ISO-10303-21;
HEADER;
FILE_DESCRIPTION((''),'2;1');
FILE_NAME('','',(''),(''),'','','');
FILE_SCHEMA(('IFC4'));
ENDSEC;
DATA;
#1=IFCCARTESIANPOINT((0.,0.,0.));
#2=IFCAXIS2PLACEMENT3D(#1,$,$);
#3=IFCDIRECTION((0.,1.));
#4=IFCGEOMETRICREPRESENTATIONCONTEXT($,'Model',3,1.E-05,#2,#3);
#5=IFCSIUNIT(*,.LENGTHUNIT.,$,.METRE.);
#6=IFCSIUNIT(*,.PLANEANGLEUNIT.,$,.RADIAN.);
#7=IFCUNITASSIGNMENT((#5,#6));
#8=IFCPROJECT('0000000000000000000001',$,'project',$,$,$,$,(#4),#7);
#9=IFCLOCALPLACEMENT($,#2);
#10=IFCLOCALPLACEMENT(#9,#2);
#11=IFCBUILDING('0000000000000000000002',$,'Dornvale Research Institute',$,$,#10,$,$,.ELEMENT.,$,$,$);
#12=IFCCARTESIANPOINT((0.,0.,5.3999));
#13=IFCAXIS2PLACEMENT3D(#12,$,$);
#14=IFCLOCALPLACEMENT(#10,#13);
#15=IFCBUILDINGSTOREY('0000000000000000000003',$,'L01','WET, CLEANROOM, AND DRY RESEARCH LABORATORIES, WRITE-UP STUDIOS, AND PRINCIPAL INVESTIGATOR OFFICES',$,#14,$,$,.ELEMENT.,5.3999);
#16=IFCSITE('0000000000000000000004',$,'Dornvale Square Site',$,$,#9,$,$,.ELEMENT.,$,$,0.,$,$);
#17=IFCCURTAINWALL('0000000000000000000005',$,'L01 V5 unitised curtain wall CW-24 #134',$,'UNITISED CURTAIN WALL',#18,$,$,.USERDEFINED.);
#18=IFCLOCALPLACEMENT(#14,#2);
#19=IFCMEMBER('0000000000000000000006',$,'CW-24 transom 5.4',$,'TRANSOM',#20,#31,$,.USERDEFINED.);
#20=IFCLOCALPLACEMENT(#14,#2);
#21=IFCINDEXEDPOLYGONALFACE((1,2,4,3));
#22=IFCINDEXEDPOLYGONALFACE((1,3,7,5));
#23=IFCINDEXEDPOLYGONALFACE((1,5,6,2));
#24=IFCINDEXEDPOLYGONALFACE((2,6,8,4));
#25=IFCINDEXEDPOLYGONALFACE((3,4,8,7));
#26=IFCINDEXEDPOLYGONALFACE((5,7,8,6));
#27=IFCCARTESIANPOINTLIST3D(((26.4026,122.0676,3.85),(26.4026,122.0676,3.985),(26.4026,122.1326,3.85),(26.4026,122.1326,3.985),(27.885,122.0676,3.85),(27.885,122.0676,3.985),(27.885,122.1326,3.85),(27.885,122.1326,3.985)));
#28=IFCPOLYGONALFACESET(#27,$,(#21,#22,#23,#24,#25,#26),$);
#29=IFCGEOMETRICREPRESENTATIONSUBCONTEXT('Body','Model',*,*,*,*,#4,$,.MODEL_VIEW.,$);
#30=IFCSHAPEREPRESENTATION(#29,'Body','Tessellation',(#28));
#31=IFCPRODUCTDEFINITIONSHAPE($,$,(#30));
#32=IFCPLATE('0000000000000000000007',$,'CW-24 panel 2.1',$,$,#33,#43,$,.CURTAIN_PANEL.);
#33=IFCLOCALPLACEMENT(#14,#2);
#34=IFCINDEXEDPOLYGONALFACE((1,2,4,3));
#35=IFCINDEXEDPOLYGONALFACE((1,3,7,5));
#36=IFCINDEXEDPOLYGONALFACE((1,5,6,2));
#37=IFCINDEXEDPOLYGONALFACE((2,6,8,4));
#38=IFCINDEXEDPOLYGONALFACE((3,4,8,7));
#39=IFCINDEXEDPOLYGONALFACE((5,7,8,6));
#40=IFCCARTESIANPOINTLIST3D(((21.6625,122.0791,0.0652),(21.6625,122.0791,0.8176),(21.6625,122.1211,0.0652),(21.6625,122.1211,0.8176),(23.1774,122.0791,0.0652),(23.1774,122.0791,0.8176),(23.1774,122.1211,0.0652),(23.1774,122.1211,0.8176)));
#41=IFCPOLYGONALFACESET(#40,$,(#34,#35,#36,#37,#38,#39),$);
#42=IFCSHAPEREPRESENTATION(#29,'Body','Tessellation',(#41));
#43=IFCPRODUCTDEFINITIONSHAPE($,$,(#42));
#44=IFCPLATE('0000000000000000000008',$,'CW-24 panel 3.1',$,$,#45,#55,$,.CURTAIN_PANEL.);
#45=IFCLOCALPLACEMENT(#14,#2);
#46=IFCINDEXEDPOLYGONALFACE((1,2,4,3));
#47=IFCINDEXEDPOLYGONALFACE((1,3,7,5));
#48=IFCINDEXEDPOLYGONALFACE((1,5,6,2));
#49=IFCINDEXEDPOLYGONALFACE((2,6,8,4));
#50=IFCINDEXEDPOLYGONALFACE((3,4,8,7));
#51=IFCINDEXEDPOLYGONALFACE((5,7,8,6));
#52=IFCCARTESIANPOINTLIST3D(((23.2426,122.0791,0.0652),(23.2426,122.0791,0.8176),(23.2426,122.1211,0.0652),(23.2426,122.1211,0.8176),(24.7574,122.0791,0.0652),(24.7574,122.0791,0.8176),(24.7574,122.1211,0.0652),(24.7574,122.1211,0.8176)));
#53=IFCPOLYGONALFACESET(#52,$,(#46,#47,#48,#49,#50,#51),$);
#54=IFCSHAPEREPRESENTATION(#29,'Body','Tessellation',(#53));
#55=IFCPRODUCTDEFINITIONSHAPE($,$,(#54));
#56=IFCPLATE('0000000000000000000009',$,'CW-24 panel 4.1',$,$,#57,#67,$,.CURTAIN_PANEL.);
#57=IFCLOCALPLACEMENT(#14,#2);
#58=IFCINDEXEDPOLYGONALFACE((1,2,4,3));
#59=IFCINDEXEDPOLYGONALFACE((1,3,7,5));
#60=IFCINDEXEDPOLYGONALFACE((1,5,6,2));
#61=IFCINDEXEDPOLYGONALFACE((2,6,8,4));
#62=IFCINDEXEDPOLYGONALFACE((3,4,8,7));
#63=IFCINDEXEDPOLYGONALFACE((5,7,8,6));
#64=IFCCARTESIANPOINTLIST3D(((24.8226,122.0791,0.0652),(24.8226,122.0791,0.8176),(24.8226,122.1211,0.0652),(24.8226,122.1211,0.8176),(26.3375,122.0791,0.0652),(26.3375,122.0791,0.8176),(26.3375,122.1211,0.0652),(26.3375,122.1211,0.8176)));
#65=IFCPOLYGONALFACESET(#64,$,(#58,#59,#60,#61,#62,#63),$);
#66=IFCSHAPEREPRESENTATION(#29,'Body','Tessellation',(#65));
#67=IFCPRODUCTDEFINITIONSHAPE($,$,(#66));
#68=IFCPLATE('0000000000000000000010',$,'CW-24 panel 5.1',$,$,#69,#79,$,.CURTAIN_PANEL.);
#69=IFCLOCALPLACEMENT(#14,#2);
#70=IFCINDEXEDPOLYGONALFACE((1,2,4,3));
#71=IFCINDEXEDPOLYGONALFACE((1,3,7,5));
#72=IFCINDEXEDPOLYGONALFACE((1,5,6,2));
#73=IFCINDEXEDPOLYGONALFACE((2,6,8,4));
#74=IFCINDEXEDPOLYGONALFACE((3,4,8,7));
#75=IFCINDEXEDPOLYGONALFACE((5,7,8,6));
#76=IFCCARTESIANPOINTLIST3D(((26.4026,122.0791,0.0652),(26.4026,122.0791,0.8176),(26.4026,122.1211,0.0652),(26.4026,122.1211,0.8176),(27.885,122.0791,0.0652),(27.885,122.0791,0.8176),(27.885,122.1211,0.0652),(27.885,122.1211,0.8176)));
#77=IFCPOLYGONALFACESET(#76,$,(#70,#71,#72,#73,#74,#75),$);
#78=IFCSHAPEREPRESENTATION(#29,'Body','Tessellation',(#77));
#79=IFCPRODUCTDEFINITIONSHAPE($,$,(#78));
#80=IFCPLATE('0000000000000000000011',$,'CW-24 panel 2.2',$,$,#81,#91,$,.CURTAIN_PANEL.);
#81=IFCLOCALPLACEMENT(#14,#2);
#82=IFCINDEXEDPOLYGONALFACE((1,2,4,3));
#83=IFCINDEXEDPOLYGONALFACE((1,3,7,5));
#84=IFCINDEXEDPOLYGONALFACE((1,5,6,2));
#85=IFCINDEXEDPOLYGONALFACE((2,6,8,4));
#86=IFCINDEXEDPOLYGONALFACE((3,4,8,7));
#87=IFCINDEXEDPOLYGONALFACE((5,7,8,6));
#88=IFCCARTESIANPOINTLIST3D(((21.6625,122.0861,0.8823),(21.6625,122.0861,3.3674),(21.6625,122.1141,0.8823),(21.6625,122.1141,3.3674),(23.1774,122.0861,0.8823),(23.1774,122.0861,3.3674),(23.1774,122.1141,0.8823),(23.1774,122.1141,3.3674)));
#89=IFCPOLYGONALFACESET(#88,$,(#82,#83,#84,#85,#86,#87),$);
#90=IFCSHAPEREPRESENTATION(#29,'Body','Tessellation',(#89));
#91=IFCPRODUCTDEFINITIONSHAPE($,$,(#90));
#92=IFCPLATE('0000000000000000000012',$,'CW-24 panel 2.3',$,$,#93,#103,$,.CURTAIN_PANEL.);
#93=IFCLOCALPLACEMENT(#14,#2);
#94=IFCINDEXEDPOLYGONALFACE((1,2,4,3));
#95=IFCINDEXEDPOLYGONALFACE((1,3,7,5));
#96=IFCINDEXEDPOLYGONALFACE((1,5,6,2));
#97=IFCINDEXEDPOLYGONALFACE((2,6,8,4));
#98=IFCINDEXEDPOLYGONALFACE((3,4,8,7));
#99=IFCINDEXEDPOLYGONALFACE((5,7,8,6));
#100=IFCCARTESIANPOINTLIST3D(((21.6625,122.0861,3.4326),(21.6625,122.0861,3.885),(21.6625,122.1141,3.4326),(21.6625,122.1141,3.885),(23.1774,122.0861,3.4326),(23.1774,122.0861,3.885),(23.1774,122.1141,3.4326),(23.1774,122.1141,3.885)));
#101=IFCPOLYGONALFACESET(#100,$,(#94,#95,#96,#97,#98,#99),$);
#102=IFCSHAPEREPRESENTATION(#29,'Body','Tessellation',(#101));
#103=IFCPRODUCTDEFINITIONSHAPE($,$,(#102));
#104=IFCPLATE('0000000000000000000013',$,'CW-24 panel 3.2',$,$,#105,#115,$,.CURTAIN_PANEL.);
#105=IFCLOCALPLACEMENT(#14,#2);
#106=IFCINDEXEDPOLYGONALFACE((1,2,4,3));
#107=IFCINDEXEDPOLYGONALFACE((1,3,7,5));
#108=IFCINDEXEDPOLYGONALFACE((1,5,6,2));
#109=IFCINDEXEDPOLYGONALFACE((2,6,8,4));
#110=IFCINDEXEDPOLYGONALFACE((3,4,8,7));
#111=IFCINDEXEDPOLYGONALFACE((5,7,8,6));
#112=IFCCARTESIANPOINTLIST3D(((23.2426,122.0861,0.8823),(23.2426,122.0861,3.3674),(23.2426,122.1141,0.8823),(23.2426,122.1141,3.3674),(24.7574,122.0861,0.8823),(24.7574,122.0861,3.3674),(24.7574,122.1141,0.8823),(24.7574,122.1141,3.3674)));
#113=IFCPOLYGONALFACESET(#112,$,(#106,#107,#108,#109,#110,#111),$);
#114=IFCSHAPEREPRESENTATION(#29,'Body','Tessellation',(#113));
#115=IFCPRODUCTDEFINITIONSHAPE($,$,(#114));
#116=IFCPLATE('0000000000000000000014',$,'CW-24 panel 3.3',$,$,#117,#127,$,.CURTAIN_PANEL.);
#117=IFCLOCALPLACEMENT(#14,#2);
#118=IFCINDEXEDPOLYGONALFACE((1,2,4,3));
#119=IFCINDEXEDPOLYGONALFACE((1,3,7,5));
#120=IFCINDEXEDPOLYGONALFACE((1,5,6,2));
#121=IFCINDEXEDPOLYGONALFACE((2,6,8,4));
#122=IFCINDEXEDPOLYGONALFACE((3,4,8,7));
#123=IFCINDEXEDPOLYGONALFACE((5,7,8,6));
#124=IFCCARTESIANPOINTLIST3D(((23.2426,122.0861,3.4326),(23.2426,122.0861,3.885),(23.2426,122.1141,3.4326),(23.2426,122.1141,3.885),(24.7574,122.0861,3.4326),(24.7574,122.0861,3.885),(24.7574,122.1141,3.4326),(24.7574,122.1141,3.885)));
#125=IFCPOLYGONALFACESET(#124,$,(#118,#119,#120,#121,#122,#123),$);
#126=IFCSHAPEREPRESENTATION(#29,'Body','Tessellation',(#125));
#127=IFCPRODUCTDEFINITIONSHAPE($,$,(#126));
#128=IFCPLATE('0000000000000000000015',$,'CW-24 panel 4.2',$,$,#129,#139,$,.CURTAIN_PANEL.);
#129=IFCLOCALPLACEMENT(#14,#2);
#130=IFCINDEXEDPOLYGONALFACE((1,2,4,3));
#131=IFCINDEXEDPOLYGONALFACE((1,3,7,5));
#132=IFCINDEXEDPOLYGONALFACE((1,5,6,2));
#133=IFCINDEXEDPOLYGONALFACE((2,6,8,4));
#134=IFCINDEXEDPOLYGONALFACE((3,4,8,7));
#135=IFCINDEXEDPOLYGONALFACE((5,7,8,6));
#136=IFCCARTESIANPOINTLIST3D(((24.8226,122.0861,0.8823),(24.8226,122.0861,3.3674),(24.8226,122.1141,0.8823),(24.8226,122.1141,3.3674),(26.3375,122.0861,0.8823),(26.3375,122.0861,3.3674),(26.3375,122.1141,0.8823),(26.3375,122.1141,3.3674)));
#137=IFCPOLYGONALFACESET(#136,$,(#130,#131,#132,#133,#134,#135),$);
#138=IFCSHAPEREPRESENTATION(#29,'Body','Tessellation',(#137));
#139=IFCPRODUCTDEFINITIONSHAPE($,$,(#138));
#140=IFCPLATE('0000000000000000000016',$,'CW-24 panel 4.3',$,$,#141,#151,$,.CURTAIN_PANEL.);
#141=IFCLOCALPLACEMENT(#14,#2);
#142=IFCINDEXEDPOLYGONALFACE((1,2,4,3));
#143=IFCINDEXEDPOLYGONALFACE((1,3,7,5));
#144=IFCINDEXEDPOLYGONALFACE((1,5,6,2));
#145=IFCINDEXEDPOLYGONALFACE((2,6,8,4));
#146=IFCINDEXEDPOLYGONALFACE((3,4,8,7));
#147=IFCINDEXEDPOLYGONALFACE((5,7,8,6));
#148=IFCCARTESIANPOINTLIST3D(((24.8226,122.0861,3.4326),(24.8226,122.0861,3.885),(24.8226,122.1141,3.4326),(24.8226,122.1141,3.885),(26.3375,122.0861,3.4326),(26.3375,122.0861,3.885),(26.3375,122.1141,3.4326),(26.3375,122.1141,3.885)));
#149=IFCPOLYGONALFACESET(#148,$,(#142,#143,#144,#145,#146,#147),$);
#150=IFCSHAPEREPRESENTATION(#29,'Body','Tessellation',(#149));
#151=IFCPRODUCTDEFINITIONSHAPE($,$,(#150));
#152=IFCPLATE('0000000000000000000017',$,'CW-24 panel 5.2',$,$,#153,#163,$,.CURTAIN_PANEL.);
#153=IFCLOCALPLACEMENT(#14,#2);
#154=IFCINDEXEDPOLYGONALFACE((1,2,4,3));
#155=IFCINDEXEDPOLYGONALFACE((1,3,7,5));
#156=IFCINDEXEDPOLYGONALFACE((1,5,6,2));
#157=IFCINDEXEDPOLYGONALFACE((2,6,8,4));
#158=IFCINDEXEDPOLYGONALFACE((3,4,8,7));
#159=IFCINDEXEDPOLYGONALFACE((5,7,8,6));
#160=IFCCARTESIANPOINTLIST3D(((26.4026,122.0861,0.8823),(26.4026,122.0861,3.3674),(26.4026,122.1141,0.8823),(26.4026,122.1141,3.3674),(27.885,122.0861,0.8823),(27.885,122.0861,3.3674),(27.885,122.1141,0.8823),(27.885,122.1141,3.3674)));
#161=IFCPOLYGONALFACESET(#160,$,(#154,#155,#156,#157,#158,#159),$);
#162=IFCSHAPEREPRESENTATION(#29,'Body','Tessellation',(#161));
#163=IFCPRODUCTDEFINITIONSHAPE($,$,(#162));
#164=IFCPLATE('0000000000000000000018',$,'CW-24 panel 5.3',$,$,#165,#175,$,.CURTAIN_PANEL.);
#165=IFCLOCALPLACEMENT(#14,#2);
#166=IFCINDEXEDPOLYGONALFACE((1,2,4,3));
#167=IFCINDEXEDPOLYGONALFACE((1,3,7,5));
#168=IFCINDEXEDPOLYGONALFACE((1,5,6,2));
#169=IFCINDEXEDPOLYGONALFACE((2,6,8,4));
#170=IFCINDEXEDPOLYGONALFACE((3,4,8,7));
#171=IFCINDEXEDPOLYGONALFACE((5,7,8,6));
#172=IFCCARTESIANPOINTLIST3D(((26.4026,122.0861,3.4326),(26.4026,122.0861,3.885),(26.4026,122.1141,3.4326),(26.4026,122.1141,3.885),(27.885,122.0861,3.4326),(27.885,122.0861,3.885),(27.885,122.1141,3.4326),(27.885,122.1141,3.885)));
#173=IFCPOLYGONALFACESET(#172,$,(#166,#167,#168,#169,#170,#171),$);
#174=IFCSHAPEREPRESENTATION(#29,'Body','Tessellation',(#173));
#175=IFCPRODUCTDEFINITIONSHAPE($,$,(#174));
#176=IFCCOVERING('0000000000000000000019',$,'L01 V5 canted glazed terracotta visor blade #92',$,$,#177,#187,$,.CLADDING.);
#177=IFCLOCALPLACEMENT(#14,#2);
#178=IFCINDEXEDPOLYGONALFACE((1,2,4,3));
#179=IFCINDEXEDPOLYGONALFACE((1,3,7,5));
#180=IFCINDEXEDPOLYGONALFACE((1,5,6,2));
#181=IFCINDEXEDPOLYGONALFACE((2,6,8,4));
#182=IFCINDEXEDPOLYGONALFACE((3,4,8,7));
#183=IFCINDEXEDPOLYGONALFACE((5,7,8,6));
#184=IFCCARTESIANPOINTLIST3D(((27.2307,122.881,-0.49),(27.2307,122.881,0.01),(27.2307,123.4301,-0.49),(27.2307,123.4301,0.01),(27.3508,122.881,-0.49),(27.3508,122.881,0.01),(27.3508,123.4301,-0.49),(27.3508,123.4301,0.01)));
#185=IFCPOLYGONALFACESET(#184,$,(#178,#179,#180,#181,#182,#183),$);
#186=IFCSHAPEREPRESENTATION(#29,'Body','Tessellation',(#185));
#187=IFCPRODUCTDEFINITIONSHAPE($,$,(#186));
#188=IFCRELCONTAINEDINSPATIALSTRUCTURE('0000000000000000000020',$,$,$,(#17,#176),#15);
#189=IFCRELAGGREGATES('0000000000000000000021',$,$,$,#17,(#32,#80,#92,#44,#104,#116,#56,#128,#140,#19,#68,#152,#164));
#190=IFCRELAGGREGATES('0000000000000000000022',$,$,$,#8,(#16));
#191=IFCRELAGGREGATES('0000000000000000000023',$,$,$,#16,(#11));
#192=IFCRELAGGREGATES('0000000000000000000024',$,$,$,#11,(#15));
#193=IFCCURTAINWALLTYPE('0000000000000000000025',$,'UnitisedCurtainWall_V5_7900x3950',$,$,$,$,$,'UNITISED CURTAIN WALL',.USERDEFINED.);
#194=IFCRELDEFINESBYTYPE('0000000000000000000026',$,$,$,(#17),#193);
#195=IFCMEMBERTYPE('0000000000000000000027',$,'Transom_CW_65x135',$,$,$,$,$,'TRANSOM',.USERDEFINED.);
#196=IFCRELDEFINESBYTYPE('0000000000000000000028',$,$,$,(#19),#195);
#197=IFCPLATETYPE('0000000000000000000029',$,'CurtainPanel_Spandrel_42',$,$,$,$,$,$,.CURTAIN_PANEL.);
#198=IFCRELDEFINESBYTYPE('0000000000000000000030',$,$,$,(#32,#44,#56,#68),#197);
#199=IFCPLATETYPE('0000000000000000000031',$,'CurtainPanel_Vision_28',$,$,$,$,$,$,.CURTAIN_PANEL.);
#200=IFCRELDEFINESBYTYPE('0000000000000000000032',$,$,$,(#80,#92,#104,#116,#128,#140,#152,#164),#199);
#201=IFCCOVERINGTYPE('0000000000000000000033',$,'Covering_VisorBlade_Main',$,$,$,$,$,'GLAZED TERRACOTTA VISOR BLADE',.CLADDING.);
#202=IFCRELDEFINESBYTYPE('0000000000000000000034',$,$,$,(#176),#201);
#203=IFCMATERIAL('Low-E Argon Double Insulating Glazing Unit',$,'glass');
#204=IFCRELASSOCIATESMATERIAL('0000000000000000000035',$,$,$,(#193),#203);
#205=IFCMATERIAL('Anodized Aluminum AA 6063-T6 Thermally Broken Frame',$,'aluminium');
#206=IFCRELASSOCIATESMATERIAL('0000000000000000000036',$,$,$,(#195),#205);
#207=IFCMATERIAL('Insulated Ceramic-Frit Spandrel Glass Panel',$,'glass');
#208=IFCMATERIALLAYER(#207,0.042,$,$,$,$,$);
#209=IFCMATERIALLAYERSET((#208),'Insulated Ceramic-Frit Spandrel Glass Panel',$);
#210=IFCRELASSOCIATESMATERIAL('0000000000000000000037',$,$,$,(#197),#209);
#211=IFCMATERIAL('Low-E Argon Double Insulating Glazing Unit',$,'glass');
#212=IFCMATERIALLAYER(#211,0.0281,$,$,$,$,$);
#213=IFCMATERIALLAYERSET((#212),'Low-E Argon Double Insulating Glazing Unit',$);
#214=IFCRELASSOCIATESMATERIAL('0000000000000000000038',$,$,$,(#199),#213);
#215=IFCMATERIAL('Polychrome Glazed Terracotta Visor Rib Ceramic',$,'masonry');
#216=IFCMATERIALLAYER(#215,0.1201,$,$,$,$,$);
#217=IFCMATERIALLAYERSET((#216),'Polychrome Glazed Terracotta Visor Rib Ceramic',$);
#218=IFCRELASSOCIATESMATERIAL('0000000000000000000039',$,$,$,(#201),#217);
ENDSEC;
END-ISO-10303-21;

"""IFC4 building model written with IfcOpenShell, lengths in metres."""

from ifc_helpers import new_model, si_unit, direction, frame, origin, origin_2d, place, context, subcontext, project, spatial, rectangle, extrude, material, layer, layer_set, material_profile, profile_set, type_object, element, aggregate, save


model = new_model("IFC4")

# Units and contexts
model_context = context("Model", 3, precision=1e-05, world=origin(), true_north=direction((0.0, 1.0)))
body_context = subcontext(model_context, "Body", "Model", "MODEL_VIEW")
ifc_project = project(units=[si_unit("LENGTHUNIT", "METRE"), si_unit("PLANEANGLEUNIT", "RADIAN")], contexts=[model_context])

# Site, building, storey
site_placement = place(None, origin())
site = spatial("IfcSite", under=ifc_project, at=site_placement, Name="Dornvale Square Site", CompositionType="ELEMENT", RefElevation=0.0)
building_placement = place(site_placement, origin())
building = spatial("IfcBuilding", under=site, at=building_placement, Name="Dornvale Research Institute", CompositionType="ELEMENT")
storey_placement = place(building_placement, frame((0.0, 0.0, 5.3999)))
storey = spatial("IfcBuildingStorey", under=building, at=storey_placement, Name="L01", Description="WET, CLEANROOM, AND DRY RESEARCH LABORATORIES, WRITE-UP STUDIOS, AND PRINCIPAL INVESTIGATOR OFFICES", CompositionType="ELEMENT", Elevation=5.3999)

# Curtain wall, member, plates
ifc_material_1 = material(Name="Low-E Argon Double Insulating Glazing Unit", Category="glass")
curtain_wall_type = type_object("IfcCurtainWallType", Name="UnitisedCurtainWall_V5_7900x3950", ElementType="UNITISED CURTAIN WALL", PredefinedType="USERDEFINED", material=ifc_material_1)
curtain_wall_placement = place(storey_placement, origin())
curtain_wall = element("IfcCurtainWall", 1, at=curtain_wall_placement, inside=storey, type_object=curtain_wall_type, Name="L01 V5 unitised curtain wall CW-24 #134", ObjectType="UNITISED CURTAIN WALL", PredefinedType="USERDEFINED")
ifc_material_2 = material(Name="Anodized Aluminum AA 6063-T6 Thermally Broken Frame", Category="aluminium")
ifc_material_profile_1 = material_profile(ifc_material_2, rectangle(XDim=0.0649, YDim=0.135, at=origin_2d()), Name="ALU TRANSOM 65x135")
ifc_profile_set_1 = profile_set([ifc_material_profile_1], Name="Anodized Aluminum AA 6063-T6 Thermally Broken Frame")
member_type_1 = type_object("IfcMemberType", Name="Transom_CW_65x135", ElementType="TRANSOM", PredefinedType="USERDEFINED", material=ifc_profile_set_1)
member_1_placement = place(storey_placement, frame((26.4026, 122.1001, 3.9175), z_axis=(1.0, 0.0, 0.0), x_axis=(0.0, 1.0, 0.0)))
member_1 = element("IfcMember", 2, at=member_1_placement, type_object=member_type_1, Name="CW-24 transom 5.4", ObjectType="TRANSOM", PredefinedType="USERDEFINED", context=body_context, shape_type="SweptSolid", body=[
    extrude(rectangle(XDim=0.0649, YDim=0.135, at=origin_2d()), origin(), (0.0, 0.0, 1.0), 1.4824),
])
ifc_material_3 = material(Name="Insulated Ceramic-Frit Spandrel Glass Panel", Category="glass")
ifc_layer_1 = layer(ifc_material_3, 0.042)
ifc_layer_set_1 = layer_set([ifc_layer_1], Name="Insulated Ceramic-Frit Spandrel Glass Panel")
plate_type_1 = type_object("IfcPlateType", Name="CurtainPanel_Spandrel_42", PredefinedType="CURTAIN_PANEL", material=ifc_layer_set_1)
plate_1_placement = place(storey_placement, frame((22.4199, 122.1001, 0.0652), z_axis=(0.0, 0.0, 1.0), x_axis=(1.0, 0.0, 0.0)))
plate_1 = element("IfcPlate", 3, at=plate_1_placement, type_object=plate_type_1, Name="CW-24 panel 2.1", PredefinedType="CURTAIN_PANEL", context=body_context, shape_type="SweptSolid", body=[
    extrude(rectangle(XDim=1.5149, YDim=0.042, at=origin_2d()), origin(), (0.0, 0.0, 1.0), 0.7524),
])
plate_2_placement = place(storey_placement, frame((24.0, 122.1001, 0.0652), z_axis=(0.0, 0.0, 1.0), x_axis=(1.0, 0.0, 0.0)))
plate_2 = element("IfcPlate", 4, at=plate_2_placement, type_object=plate_type_1, Name="CW-24 panel 3.1", PredefinedType="CURTAIN_PANEL", context=body_context, shape_type="SweptSolid", body=[
    extrude(rectangle(XDim=1.5149, YDim=0.042, at=origin_2d()), origin(), (0.0, 0.0, 1.0), 0.7524),
])
plate_3_placement = place(storey_placement, frame((25.5801, 122.1001, 0.0652), z_axis=(0.0, 0.0, 1.0), x_axis=(1.0, 0.0, 0.0)))
plate_3 = element("IfcPlate", 5, at=plate_3_placement, type_object=plate_type_1, Name="CW-24 panel 4.1", PredefinedType="CURTAIN_PANEL", context=body_context, shape_type="SweptSolid", body=[
    extrude(rectangle(XDim=1.5149, YDim=0.042, at=origin_2d()), origin(), (0.0, 0.0, 1.0), 0.7524),
])
plate_4_placement = place(storey_placement, frame((27.1438, 122.1001, 0.0652), z_axis=(0.0, 0.0, 1.0), x_axis=(1.0, 0.0, 0.0)))
plate_4 = element("IfcPlate", 6, at=plate_4_placement, type_object=plate_type_1, Name="CW-24 panel 5.1", PredefinedType="CURTAIN_PANEL", context=body_context, shape_type="SweptSolid", body=[
    extrude(rectangle(XDim=1.4824, YDim=0.042, at=origin_2d()), origin(), (0.0, 0.0, 1.0), 0.7524),
])
ifc_material_4 = material(Name="Low-E Argon Double Insulating Glazing Unit", Category="glass")
ifc_layer_2 = layer(ifc_material_4, 0.0281)
ifc_layer_set_2 = layer_set([ifc_layer_2], Name="Low-E Argon Double Insulating Glazing Unit")
plate_type_2 = type_object("IfcPlateType", Name="CurtainPanel_Vision_28", PredefinedType="CURTAIN_PANEL", material=ifc_layer_set_2)
plate_5_placement = place(storey_placement, frame((22.4199, 122.1001, 0.8823), z_axis=(0.0, 0.0, 1.0), x_axis=(1.0, 0.0, 0.0)))
plate_5 = element("IfcPlate", 7, at=plate_5_placement, type_object=plate_type_2, Name="CW-24 panel 2.2", PredefinedType="CURTAIN_PANEL", context=body_context, shape_type="SweptSolid", body=[
    extrude(rectangle(XDim=1.5149, YDim=0.0281, at=origin_2d()), origin(), (0.0, 0.0, 1.0), 2.4851),
])
plate_6_placement = place(storey_placement, frame((22.4199, 122.1001, 3.4326), z_axis=(0.0, 0.0, 1.0), x_axis=(1.0, 0.0, 0.0)))
plate_6 = element("IfcPlate", 8, at=plate_6_placement, type_object=plate_type_2, Name="CW-24 panel 2.3", PredefinedType="CURTAIN_PANEL", context=body_context, shape_type="SweptSolid", body=[
    extrude(rectangle(XDim=1.5149, YDim=0.0281, at=origin_2d()), origin(), (0.0, 0.0, 1.0), 0.4524),
])
plate_7_placement = place(storey_placement, frame((24.0, 122.1001, 0.8823), z_axis=(0.0, 0.0, 1.0), x_axis=(1.0, 0.0, 0.0)))
plate_7 = element("IfcPlate", 9, at=plate_7_placement, type_object=plate_type_2, Name="CW-24 panel 3.2", PredefinedType="CURTAIN_PANEL", context=body_context, shape_type="SweptSolid", body=[
    extrude(rectangle(XDim=1.5149, YDim=0.0281, at=origin_2d()), origin(), (0.0, 0.0, 1.0), 2.4851),
])
plate_8_placement = place(storey_placement, frame((24.0, 122.1001, 3.4326), z_axis=(0.0, 0.0, 1.0), x_axis=(1.0, 0.0, 0.0)))
plate_8 = element("IfcPlate", 10, at=plate_8_placement, type_object=plate_type_2, Name="CW-24 panel 3.3", PredefinedType="CURTAIN_PANEL", context=body_context, shape_type="SweptSolid", body=[
    extrude(rectangle(XDim=1.5149, YDim=0.0281, at=origin_2d()), origin(), (0.0, 0.0, 1.0), 0.4524),
])
plate_9_placement = place(storey_placement, frame((25.5801, 122.1001, 0.8823), z_axis=(0.0, 0.0, 1.0), x_axis=(1.0, 0.0, 0.0)))
plate_9 = element("IfcPlate", 11, at=plate_9_placement, type_object=plate_type_2, Name="CW-24 panel 4.2", PredefinedType="CURTAIN_PANEL", context=body_context, shape_type="SweptSolid", body=[
    extrude(rectangle(XDim=1.5149, YDim=0.0281, at=origin_2d()), origin(), (0.0, 0.0, 1.0), 2.4851),
])
plate_10_placement = place(storey_placement, frame((25.5801, 122.1001, 3.4326), z_axis=(0.0, 0.0, 1.0), x_axis=(1.0, 0.0, 0.0)))
plate_10 = element("IfcPlate", 12, at=plate_10_placement, type_object=plate_type_2, Name="CW-24 panel 4.3", PredefinedType="CURTAIN_PANEL", context=body_context, shape_type="SweptSolid", body=[
    extrude(rectangle(XDim=1.5149, YDim=0.0281, at=origin_2d()), origin(), (0.0, 0.0, 1.0), 0.4524),
])
plate_11_placement = place(storey_placement, frame((27.1438, 122.1001, 0.8823), z_axis=(0.0, 0.0, 1.0), x_axis=(1.0, 0.0, 0.0)))
plate_11 = element("IfcPlate", 13, at=plate_11_placement, type_object=plate_type_2, Name="CW-24 panel 5.2", PredefinedType="CURTAIN_PANEL", context=body_context, shape_type="SweptSolid", body=[
    extrude(rectangle(XDim=1.4824, YDim=0.0281, at=origin_2d()), origin(), (0.0, 0.0, 1.0), 2.4851),
])
plate_12_placement = place(storey_placement, frame((27.1438, 122.1001, 3.4326), z_axis=(0.0, 0.0, 1.0), x_axis=(1.0, 0.0, 0.0)))
plate_12 = element("IfcPlate", 14, at=plate_12_placement, type_object=plate_type_2, Name="CW-24 panel 5.3", PredefinedType="CURTAIN_PANEL", context=body_context, shape_type="SweptSolid", body=[
    extrude(rectangle(XDim=1.4824, YDim=0.0281, at=origin_2d()), origin(), (0.0, 0.0, 1.0), 0.4524),
])
aggregate(curtain_wall, [plate_1, plate_5, plate_6, plate_2, plate_7, plate_8, plate_3, plate_9, plate_10, member_1, plate_4, plate_11, plate_12])

# Covering
ifc_material_5 = material(Name="Polychrome Glazed Terracotta Visor Rib Ceramic", Category="masonry")
ifc_layer_3 = layer(ifc_material_5, 0.1201)
ifc_layer_set_3 = layer_set([ifc_layer_3], Name="Polychrome Glazed Terracotta Visor Rib Ceramic")
covering_type = type_object("IfcCoveringType", Name="Covering_VisorBlade_Main", ElementType="GLAZED TERRACOTTA VISOR BLADE", PredefinedType="CLADDING", material=ifc_layer_set_3)
covering_1_placement = place(storey_placement, frame((27.2908, 123.1555, -0.49), z_axis=(0.0, 0.0, 1.0), x_axis=(0.0, 1.0, 0.0)))
element("IfcCovering", 15, at=covering_1_placement, inside=storey, type_object=covering_type, Name="L01 V5 canted glazed terracotta visor blade #92", PredefinedType="CLADDING", context=body_context, shape_type="SweptSolid", body=[
    extrude(rectangle(XDim=0.5491, YDim=0.1201, at=origin_2d()), origin(), (0.0, 0.0, 1.0), 0.5),
])

save(model, "model.ifc")
